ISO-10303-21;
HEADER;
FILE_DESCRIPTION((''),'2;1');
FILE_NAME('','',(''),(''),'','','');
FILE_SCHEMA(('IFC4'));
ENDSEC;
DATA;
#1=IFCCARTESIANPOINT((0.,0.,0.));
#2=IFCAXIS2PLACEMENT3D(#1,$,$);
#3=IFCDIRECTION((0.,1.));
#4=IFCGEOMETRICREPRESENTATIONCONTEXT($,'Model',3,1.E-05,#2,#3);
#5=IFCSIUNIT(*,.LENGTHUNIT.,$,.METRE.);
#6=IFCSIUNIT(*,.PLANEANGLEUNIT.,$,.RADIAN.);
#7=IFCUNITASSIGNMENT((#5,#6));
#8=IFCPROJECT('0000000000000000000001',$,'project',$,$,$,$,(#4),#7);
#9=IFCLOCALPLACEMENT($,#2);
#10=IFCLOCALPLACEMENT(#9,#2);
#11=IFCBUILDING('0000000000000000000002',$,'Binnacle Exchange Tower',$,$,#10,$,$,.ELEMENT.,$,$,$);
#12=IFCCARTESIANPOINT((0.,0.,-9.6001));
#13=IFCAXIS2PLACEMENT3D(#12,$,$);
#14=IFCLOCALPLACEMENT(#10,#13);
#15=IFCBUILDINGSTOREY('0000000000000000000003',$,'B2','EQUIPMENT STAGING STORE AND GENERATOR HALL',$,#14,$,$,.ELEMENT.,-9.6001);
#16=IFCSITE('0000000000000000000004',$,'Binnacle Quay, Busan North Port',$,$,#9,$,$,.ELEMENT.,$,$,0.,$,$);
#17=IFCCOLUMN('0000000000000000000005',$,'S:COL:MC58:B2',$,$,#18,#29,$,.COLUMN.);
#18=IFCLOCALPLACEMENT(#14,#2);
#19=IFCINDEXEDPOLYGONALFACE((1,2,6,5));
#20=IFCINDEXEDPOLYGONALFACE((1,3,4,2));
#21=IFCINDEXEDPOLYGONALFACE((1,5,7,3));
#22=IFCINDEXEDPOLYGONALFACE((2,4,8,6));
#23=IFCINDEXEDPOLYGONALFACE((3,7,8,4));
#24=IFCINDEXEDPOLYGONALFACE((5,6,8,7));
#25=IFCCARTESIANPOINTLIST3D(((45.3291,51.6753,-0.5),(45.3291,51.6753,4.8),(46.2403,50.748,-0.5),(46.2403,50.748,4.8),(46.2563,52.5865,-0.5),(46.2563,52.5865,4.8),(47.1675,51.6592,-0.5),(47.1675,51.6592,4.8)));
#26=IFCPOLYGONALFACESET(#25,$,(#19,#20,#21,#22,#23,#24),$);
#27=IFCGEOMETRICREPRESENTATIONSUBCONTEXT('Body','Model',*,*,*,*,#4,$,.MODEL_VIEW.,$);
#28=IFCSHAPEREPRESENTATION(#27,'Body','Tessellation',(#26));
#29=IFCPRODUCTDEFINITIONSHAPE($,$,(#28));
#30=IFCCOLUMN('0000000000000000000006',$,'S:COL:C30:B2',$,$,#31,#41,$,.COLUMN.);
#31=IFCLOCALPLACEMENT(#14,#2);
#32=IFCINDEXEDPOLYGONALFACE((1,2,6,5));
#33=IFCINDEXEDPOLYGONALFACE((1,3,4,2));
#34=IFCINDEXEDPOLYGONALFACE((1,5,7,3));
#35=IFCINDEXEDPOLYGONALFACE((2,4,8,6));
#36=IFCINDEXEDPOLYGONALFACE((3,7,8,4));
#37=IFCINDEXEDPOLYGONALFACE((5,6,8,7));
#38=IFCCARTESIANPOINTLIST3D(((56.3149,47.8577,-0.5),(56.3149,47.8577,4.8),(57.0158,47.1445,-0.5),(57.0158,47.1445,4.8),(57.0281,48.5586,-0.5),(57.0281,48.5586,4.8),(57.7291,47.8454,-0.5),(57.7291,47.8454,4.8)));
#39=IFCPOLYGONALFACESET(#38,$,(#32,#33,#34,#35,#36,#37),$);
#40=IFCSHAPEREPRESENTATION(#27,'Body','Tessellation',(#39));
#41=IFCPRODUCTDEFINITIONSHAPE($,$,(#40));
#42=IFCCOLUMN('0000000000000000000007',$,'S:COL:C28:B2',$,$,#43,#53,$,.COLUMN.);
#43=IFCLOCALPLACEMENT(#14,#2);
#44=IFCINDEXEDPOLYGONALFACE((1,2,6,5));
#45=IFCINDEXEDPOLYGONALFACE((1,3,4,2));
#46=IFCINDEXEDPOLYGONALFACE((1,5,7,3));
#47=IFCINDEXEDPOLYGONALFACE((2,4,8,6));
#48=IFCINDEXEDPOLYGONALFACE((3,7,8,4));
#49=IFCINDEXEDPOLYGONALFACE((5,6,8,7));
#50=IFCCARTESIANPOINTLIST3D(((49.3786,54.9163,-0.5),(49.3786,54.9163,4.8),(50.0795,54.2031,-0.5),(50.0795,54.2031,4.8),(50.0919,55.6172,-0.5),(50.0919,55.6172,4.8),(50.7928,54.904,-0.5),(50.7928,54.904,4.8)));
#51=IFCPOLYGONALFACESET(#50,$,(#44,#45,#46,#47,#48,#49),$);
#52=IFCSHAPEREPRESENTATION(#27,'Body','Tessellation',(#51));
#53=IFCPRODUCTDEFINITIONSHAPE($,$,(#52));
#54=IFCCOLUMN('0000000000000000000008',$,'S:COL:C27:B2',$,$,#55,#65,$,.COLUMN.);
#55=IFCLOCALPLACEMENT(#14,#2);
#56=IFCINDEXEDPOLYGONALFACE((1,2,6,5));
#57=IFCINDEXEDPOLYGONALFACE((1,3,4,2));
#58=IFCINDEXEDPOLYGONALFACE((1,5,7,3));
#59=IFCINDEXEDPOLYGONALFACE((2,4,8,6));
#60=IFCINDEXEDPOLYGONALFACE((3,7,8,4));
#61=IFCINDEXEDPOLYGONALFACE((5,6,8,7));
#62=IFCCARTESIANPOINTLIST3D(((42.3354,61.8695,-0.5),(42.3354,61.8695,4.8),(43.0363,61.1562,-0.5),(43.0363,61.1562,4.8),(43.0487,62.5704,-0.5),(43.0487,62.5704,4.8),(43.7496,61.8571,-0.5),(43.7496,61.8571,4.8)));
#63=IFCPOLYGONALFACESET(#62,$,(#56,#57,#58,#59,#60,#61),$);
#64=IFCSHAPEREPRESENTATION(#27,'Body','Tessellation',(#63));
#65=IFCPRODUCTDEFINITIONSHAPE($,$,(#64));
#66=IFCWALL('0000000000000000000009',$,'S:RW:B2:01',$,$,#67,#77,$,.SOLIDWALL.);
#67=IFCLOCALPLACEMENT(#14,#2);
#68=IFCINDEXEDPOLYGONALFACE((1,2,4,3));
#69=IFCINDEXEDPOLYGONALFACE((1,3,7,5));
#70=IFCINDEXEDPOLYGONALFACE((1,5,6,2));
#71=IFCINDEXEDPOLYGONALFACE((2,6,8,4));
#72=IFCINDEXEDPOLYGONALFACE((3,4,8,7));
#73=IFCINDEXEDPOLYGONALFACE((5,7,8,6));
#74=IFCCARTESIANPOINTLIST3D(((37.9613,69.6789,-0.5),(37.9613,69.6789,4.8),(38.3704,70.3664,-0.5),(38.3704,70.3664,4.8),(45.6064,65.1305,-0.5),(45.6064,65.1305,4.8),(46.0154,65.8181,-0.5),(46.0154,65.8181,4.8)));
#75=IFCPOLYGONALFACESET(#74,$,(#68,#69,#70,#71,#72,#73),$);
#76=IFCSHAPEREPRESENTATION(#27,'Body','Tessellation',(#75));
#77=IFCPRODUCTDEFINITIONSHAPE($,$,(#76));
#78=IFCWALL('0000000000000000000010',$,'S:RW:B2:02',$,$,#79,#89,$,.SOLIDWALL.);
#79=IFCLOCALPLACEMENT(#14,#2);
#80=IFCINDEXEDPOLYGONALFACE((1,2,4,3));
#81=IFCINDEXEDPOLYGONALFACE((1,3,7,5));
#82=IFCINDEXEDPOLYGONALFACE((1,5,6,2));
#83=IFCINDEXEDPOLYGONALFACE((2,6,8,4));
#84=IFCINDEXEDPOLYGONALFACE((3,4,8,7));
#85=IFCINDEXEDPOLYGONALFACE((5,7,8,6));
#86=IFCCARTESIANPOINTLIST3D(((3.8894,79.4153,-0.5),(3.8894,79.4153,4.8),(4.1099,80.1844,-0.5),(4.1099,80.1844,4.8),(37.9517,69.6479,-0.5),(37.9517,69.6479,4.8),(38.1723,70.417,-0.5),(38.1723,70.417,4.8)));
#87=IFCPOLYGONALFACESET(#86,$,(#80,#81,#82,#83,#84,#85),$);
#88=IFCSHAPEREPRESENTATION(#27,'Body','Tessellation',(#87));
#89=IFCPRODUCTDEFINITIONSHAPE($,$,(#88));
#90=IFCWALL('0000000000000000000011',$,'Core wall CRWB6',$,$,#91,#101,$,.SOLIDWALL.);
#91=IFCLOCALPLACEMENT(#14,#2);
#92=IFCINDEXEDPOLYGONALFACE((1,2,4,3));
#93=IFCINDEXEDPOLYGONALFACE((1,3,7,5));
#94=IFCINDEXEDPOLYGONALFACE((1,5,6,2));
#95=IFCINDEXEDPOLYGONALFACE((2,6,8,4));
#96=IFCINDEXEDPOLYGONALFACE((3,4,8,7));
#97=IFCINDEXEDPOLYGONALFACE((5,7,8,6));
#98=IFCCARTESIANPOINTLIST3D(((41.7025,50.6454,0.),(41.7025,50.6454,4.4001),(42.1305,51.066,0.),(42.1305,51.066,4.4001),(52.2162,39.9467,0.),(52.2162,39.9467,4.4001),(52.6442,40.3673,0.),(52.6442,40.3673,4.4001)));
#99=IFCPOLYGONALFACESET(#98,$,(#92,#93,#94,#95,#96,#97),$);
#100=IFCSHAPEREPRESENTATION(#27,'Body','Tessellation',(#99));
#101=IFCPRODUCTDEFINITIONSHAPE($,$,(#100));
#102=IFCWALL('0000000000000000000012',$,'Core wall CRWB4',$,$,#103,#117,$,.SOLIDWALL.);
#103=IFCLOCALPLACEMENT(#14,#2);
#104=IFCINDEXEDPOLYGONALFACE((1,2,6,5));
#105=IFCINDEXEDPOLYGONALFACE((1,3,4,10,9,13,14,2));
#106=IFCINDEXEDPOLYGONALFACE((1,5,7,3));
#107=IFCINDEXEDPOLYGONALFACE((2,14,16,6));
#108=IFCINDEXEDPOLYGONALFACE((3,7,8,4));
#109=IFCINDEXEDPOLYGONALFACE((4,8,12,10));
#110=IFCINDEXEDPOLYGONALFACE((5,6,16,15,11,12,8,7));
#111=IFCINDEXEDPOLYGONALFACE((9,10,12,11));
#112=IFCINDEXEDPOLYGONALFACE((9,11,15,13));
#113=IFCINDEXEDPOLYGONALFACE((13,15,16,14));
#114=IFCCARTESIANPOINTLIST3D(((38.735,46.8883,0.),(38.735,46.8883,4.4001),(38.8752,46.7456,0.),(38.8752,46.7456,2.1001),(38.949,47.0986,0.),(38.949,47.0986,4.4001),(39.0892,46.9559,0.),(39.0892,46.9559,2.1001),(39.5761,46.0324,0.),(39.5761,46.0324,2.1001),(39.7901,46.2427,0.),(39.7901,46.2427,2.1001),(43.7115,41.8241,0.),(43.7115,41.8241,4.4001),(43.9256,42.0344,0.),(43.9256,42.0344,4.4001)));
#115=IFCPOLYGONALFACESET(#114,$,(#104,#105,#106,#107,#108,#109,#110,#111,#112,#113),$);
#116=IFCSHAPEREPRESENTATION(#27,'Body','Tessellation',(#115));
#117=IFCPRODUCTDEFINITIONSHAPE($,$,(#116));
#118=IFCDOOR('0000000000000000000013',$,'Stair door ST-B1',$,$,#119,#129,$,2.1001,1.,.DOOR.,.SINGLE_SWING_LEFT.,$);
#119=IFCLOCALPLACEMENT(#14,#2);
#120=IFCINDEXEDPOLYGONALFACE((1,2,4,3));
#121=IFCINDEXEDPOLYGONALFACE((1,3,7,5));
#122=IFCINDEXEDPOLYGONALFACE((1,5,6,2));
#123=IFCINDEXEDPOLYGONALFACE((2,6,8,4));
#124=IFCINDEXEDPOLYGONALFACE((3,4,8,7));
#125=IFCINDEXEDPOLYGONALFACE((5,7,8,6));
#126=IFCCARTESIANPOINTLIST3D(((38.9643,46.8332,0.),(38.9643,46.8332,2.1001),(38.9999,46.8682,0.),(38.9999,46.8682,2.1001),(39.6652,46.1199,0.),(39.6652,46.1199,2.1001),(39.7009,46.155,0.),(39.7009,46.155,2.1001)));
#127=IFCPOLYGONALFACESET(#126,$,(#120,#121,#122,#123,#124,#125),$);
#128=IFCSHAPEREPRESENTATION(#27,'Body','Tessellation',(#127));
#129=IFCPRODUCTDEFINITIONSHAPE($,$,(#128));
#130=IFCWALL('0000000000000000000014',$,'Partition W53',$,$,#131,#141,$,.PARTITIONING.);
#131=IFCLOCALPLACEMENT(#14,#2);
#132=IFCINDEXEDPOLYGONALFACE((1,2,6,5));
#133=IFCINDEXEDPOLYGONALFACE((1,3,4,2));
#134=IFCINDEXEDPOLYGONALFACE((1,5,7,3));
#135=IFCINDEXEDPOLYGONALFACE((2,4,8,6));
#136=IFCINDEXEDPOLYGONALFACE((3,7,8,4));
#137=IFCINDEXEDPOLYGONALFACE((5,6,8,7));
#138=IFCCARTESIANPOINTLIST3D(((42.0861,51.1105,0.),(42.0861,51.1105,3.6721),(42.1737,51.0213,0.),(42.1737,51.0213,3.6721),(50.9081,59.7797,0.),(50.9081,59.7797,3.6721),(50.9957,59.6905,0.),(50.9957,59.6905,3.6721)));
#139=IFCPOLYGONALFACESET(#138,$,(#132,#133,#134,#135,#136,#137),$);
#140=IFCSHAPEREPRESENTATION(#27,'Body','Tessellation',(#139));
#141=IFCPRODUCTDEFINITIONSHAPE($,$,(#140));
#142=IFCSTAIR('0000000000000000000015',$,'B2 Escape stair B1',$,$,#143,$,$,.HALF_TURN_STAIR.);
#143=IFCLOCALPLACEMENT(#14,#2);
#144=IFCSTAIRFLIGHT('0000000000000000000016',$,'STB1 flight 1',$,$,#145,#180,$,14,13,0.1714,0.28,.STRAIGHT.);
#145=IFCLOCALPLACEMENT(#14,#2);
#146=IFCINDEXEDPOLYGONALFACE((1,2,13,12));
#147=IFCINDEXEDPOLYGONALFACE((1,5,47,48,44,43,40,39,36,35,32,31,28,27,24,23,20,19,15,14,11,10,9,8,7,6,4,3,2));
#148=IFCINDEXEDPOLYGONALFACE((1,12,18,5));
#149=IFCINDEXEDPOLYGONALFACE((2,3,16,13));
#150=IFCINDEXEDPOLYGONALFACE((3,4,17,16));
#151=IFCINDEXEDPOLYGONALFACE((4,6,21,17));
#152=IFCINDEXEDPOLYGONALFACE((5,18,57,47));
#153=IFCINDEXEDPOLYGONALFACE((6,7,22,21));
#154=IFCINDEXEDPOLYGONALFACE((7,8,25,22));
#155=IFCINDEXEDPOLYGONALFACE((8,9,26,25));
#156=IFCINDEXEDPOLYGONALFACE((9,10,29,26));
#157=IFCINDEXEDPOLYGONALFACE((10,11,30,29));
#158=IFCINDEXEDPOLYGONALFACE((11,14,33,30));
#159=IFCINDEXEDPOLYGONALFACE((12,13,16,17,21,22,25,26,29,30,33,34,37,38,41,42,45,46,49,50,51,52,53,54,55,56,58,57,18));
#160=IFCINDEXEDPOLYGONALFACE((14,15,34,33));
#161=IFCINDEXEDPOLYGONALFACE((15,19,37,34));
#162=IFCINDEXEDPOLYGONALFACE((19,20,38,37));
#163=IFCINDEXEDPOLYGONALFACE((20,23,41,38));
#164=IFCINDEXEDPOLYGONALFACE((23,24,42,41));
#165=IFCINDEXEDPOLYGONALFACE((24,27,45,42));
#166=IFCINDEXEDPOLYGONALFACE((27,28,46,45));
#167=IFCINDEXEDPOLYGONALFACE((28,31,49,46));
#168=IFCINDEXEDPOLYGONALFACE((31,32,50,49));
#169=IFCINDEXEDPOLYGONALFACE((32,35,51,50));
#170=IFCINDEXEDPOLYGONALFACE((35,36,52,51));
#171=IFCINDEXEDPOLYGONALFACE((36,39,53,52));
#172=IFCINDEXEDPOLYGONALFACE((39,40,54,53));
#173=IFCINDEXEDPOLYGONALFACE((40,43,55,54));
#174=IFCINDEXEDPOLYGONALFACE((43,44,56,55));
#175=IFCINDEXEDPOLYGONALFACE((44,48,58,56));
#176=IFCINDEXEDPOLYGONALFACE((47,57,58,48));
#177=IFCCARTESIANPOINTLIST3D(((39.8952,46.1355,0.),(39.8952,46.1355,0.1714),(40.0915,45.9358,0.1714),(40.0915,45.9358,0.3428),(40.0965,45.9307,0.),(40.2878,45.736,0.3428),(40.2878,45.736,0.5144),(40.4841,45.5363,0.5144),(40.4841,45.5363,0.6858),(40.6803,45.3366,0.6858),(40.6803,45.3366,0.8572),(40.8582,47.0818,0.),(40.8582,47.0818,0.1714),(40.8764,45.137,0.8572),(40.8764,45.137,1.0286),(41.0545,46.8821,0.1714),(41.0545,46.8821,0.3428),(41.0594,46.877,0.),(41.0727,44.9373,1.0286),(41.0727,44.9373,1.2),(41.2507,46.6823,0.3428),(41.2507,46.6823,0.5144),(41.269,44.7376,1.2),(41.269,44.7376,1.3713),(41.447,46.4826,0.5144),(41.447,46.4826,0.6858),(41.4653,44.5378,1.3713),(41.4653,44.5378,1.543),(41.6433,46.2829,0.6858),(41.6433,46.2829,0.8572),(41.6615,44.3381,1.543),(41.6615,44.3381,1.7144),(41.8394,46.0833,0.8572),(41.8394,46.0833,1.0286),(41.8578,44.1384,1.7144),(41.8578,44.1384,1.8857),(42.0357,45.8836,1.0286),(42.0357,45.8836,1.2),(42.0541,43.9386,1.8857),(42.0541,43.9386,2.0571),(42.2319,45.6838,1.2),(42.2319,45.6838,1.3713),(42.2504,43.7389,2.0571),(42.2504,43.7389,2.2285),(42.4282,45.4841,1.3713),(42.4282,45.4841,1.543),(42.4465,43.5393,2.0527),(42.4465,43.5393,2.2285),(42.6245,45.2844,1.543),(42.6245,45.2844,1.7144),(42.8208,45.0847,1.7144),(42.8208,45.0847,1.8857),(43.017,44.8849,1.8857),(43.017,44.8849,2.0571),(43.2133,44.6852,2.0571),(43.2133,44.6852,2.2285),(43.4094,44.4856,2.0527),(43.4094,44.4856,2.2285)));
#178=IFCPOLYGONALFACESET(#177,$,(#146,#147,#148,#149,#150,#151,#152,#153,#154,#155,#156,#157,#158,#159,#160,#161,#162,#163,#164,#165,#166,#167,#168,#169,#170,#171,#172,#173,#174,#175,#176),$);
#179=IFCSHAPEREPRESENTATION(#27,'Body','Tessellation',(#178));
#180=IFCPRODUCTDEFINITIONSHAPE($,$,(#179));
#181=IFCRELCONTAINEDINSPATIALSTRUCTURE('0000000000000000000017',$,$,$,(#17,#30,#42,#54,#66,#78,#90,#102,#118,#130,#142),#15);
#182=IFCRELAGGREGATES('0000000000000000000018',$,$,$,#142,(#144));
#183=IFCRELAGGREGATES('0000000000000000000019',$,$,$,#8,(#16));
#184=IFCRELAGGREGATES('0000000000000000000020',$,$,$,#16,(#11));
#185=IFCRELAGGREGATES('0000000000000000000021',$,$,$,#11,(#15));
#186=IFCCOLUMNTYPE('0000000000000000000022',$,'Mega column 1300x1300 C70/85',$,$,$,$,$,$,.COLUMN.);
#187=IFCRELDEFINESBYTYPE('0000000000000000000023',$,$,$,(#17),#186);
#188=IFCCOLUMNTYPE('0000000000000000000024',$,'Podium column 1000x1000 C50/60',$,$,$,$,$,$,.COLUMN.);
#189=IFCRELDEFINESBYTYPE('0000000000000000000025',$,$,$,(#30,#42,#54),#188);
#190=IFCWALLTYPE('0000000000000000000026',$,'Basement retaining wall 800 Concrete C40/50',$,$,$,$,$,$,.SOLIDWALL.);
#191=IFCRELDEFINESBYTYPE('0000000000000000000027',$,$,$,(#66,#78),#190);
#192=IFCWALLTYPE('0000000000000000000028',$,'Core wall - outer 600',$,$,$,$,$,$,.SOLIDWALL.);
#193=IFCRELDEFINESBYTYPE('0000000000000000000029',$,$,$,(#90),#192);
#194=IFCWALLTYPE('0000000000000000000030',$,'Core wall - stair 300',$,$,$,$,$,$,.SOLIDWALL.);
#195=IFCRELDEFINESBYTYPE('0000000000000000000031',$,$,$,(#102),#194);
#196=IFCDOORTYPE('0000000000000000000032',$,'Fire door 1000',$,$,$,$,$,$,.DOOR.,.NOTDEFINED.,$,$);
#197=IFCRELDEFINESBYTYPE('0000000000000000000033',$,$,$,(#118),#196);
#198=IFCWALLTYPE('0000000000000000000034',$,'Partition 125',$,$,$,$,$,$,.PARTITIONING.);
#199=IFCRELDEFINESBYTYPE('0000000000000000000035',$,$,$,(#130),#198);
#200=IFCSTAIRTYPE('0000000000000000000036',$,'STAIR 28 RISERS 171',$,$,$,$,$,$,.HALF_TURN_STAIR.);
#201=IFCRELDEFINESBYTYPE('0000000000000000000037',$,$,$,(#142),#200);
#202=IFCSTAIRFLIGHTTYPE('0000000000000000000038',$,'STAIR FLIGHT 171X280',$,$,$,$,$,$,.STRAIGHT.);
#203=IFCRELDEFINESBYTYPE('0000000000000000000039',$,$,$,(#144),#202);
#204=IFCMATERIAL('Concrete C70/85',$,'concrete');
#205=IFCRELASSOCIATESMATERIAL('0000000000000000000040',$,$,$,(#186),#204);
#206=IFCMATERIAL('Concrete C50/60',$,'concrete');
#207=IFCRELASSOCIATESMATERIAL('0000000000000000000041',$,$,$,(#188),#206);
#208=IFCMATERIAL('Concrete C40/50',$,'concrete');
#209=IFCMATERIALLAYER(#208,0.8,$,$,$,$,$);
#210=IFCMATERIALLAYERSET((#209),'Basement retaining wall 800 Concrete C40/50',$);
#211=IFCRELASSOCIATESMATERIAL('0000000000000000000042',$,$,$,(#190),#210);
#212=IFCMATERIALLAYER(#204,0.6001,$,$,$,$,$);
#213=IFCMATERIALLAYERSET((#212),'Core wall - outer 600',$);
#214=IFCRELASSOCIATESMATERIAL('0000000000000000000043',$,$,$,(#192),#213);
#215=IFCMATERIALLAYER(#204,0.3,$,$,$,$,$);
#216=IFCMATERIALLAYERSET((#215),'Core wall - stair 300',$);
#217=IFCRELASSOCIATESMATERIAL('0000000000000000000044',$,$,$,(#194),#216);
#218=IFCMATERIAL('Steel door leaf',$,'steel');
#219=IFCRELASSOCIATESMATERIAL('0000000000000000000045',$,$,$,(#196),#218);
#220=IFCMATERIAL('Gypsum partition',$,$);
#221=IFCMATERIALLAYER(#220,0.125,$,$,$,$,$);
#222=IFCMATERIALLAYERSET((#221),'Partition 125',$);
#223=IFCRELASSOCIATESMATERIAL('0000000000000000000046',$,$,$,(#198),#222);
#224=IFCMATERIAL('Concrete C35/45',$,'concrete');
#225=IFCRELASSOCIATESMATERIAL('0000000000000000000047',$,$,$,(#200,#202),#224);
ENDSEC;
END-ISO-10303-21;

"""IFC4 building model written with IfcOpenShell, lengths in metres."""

from ifc_helpers import new_model, si_unit, direction, frame, frame_2d, origin, origin_2d, place, context, subcontext, project, spatial, polyline, rectangle, outline, extrude, material, layer, layer_set, material_profile, profile_set, type_object, element, fill, aggregate, save


model = new_model("IFC4")

# Units and contexts
model_context = context("Model", 3, precision=1e-05, world=origin(), true_north=direction((0.0, 1.0)))
body_context = subcontext(model_context, "Body", "Model", "MODEL_VIEW")
ifc_project = project(units=[si_unit("LENGTHUNIT", "METRE"), si_unit("PLANEANGLEUNIT", "RADIAN")], contexts=[model_context])

# Site, building, storey
site_placement = place(None, origin())
site = spatial("IfcSite", under=ifc_project, at=site_placement, Name="Binnacle Quay, Busan North Port", CompositionType="ELEMENT", RefElevation=0.0)
building_placement = place(site_placement, origin())
building = spatial("IfcBuilding", under=site, at=building_placement, Name="Binnacle Exchange Tower", CompositionType="ELEMENT")
storey_placement = place(building_placement, frame((0.0, 0.0, -9.6001)))
storey = spatial("IfcBuildingStorey", under=building, at=storey_placement, Name="B2", Description="EQUIPMENT STAGING STORE AND GENERATOR HALL", CompositionType="ELEMENT", Elevation=-9.6001)

# Shared definitions
ifc_material_1 = material(Name="Concrete C40/50", Category="concrete")

# Columns
ifc_material_2 = material(Name="Concrete C70/85", Category="concrete")
ifc_material_profile_1 = material_profile(ifc_material_2, rectangle(XDim=1.3, YDim=1.3, at=origin_2d()), Name="Mega column 1300x1300 C70/85")
ifc_profile_set_1 = profile_set([ifc_material_profile_1], Name="Concrete C70/85")
column_type_1 = type_object("IfcColumnType", Name="Mega column 1300x1300 C70/85", PredefinedType="COLUMN", material=ifc_profile_set_1)
for number, where, z_axis, x_axis, name in (
    (1, (46.2483, 51.6672, -0.5), (0.0, 0.0, 1.0), (-0.700909, 0.71325, 0.0), "S:COL:MC58:B2"),
):
    element("IfcColumn", number, at=place(storey_placement, frame(where, z_axis=z_axis, x_axis=x_axis)), inside=storey, type_object=column_type_1, Name=name, PredefinedType="COLUMN", context=body_context, shape_type="SweptSolid", body=[
        extrude(rectangle(XDim=1.3, YDim=1.3, at=origin_2d()), origin(), (0.0, 0.0, 1.0), 5.3),
    ])
ifc_material_3 = material(Name="Concrete C50/60", Category="concrete")
ifc_material_profile_2 = material_profile(ifc_material_3, rectangle(XDim=1.0, YDim=1.0, at=origin_2d()), Name="Podium column 1000x1000 C50/60")
ifc_profile_set_2 = profile_set([ifc_material_profile_2], Name="Concrete C50/60")
column_type_2 = type_object("IfcColumnType", Name="Podium column 1000x1000 C50/60", PredefinedType="COLUMN", material=ifc_profile_set_2)
for number, where, z_axis, x_axis, name in (
    (2, (57.022, 47.8516, -0.5), (0.0, 0.0, 1.0), (-0.700909, 0.71325, 0.0), "S:COL:C30:B2"),
    (3, (50.0857, 54.9102, -0.5), (0.0, 0.0, 1.0), (-0.700909, 0.71325, 0.0), "S:COL:C28:B2"),
    (4, (43.0425, 61.8633, -0.5), (0.0, 0.0, 1.0), (-0.700909, 0.71325, 0.0), "S:COL:C27:B2"),
):
    element("IfcColumn", number, at=place(storey_placement, frame(where, z_axis=z_axis, x_axis=x_axis)), inside=storey, type_object=column_type_2, Name=name, PredefinedType="COLUMN", context=body_context, shape_type="SweptSolid", body=[
        extrude(rectangle(XDim=1.0, YDim=1.0, at=origin_2d()), origin(), (0.0, 0.0, 1.0), 5.3),
    ])

# Walls
ifc_layer_1 = layer(ifc_material_1, 0.8)
ifc_layer_set_1 = layer_set([ifc_layer_1], Name="Basement retaining wall 800 Concrete C40/50")
wall_type_1 = type_object("IfcWallType", Name="Basement retaining wall 800 Concrete C40/50", PredefinedType="SOLIDWALL", material=ifc_layer_set_1)
wall_1_placement = place(storey_placement, frame((45.8108, 65.4744, -0.5), z_axis=(0.0, 0.0, 1.0), x_axis=(-0.859405, 0.511296, 0.0)))
element("IfcWall", 5, at=wall_1_placement, inside=storey, type_object=wall_type_1, Name="S:RW:B2:01", PredefinedType="SOLIDWALL", context=body_context, shape_type="SweptSolid", body=[
    extrude(rectangle(XDim=8.8958, YDim=0.8, at=frame_2d((4.4478, 0.0))), origin(), (0.0, 0.0, 1.0), 5.3),
])
wall_2_placement = place(storey_placement, frame((38.062, 70.0325, -0.5), z_axis=(0.0, 0.0, 1.0), x_axis=(-0.961261, 0.275641, 0.0)))
element("IfcWall", 6, at=wall_2_placement, inside=storey, type_object=wall_type_1, Name="S:RW:B2:02", PredefinedType="SOLIDWALL", context=body_context, shape_type="SweptSolid", body=[
    extrude(rectangle(XDim=35.4351, YDim=0.8, at=frame_2d((17.7175, 0.0))), origin(), (0.0, 0.0, 1.0), 5.3),
])
ifc_layer_2 = layer(ifc_material_2, 0.6001)
ifc_layer_set_2 = layer_set([ifc_layer_2], Name="Core wall - outer 600")
wall_type_2 = type_object("IfcWallType", Name="Core wall - outer 600", PredefinedType="SOLIDWALL", material=ifc_layer_set_2)
wall_3_placement = place(storey_placement, frame((41.9165, 50.8557, 0.0), z_axis=(0.0, 0.0, 1.0), x_axis=(0.700911, -0.713248, 0.0)))
element("IfcWall", 7, at=wall_3_placement, inside=storey, type_object=wall_type_2, Name="Core wall CRWB6", PredefinedType="SOLIDWALL", context=body_context, shape_type="SweptSolid", body=[
    extrude(rectangle(XDim=15.0, YDim=0.6001, at=frame_2d((7.5, 0.0))), origin(), (0.0, 0.0, 1.0), 4.4001),
])

# Wall, opening, door
ifc_layer_3 = layer(ifc_material_2, 0.3)
ifc_layer_set_3 = layer_set([ifc_layer_3], Name="Core wall - stair 300")
wall_type_3 = type_object("IfcWallType", Name="Core wall - stair 300", PredefinedType="SOLIDWALL", material=ifc_layer_set_3)
wall_4_placement = place(storey_placement, frame((38.842, 46.9934, 0.0), z_axis=(0.0, 0.0, 1.0), x_axis=(0.700908, -0.713252, 0.0)))
wall_4 = element("IfcWall", 8, at=wall_4_placement, inside=storey, type_object=wall_type_3, Name="Core wall CRWB4", PredefinedType="SOLIDWALL", context=body_context, shape_type="SweptSolid", body=[
    extrude(rectangle(XDim=7.1001, YDim=0.3, at=frame_2d((3.55, 0.0))), origin(), (0.0, 0.0, 1.0), 4.4001),
])
opening_placement = place(wall_4_placement, frame((0.2, 0.0, 0.0)))
opening = element("IfcOpeningElement", 9, at=opening_placement, cuts=wall_4, PredefinedType="OPENING", context=body_context, shape_type="SweptSolid", body=[
    extrude(rectangle(XDim=1.0, YDim=2.1001, at=frame_2d((0.5, 1.05))), frame((0.0, 0.1599, 0.0), z_axis=(0.0, -1.0, 0.0), x_axis=(1.0, 0.0, 0.0)), (0.0, 0.0, 1.0), 0.3201),
])
ifc_material_4 = material(Name="Steel door leaf", Category="steel")
door_type = type_object("IfcDoorType", Name="Fire door 1000", OperationType="NOTDEFINED", PredefinedType="DOOR", material=ifc_material_4)
door_placement = place(opening_placement, origin())
door = element("IfcDoor", 10, at=door_placement, inside=storey, type_object=door_type, Name="Stair door ST-B1", OperationType="SINGLE_SWING_LEFT", OverallHeight=2.1001, OverallWidth=1.0, PredefinedType="DOOR", context=body_context, shape_type="SweptSolid", body=[
    extrude(rectangle(XDim=1.0, YDim=2.1001, at=frame_2d((0.5, 1.05))), frame((0.0, 0.0249, 0.0), z_axis=(0.0, -1.0, 0.0), x_axis=(1.0, 0.0, 0.0)), (0.0, 0.0, 1.0), 0.05),
])
fill(opening, door)

# Wall
ifc_material_5 = material(Name="Gypsum partition")
ifc_layer_4 = layer(ifc_material_5, 0.125)
ifc_layer_set_4 = layer_set([ifc_layer_4], Name="Partition 125")
wall_type_4 = type_object("IfcWallType", Name="Partition 125", PredefinedType="PARTITIONING", material=ifc_layer_set_4)
wall_5_placement = place(storey_placement, frame((42.1299, 51.0659, 0.0), z_axis=(0.0, 0.0, 1.0), x_axis=(0.713258, 0.700902, 0.0)))
element("IfcWall", 11, at=wall_5_placement, inside=storey, type_object=wall_type_4, Name="Partition W53", PredefinedType="PARTITIONING", context=body_context, shape_type="SweptSolid", body=[
    extrude(rectangle(XDim=12.3687, YDim=0.125, at=frame_2d((6.1843, 0.0))), origin(), (0.0, 0.0, 1.0), 3.6721),
])

# Stair, stair flight
ifc_material_6 = material(Name="Concrete C35/45", Category="concrete")
stair_type = type_object("IfcStairType", Name="STAIR 28 RISERS 171", PredefinedType="HALF_TURN_STAIR", material=ifc_material_6)
stair_placement = place(storey_placement, origin())
stair = element("IfcStair", 12, at=stair_placement, inside=storey, type_object=stair_type, Name="B2 Escape stair B1", PredefinedType="HALF_TURN_STAIR")
stair_flight_type = type_object("IfcStairFlightType", Name="STAIR FLIGHT 171X280", PredefinedType="STRAIGHT", material=ifc_material_6)
stair_flight_1_placement = place(storey_placement, frame((40.3767, 46.6086, 0.0), z_axis=(0.0, 0.0, 1.0), x_axis=(0.700909, -0.71325, 0.0)))
stair_flight_1 = element("IfcStairFlight", 13, at=stair_flight_1_placement, type_object=stair_flight_type, Name="STB1 flight 1", NumberOfRisers=14, NumberOfTreads=13, PredefinedType="STRAIGHT", RiserHeight=0.1714, TreadLength=0.28, context=body_context, shape_type="SweptSolid", body=[
    extrude(outline(polyline([(0.0, 0.0), (0.0, 0.1714), (0.28, 0.1714), (0.28, 0.3428), (0.5601, 0.3428), (0.5601, 0.5144), (0.8401, 0.5144), (0.8401, 0.6858), (1.1201, 0.6858), (1.1201, 0.8572), (1.3999, 0.8572), (1.3999, 1.0286), (1.6799, 1.0286), (1.6799, 1.2), (1.96, 1.2), (1.96, 1.3713), (2.24, 1.3713), (2.24, 1.543), (2.52, 1.543), (2.52, 1.7144), (2.8, 1.7144), (2.8, 1.8857), (3.0801, 1.8857), (3.0801, 2.0571), (3.3601, 2.0571), (3.3601, 2.2285), (3.6399, 2.2285), (3.6399, 2.3999), (3.6399, 2.0527), (0.2871, 0.0), (0.0, 0.0)])), frame((0.0, 0.675, 0.0), z_axis=(0.0, -1.0, 0.0), x_axis=(1.0, 0.0, 0.0)), (0.0, 0.0, 1.0), 1.3501),
])
aggregate(stair, [stair_flight_1])

save(model, "model.ifc")
